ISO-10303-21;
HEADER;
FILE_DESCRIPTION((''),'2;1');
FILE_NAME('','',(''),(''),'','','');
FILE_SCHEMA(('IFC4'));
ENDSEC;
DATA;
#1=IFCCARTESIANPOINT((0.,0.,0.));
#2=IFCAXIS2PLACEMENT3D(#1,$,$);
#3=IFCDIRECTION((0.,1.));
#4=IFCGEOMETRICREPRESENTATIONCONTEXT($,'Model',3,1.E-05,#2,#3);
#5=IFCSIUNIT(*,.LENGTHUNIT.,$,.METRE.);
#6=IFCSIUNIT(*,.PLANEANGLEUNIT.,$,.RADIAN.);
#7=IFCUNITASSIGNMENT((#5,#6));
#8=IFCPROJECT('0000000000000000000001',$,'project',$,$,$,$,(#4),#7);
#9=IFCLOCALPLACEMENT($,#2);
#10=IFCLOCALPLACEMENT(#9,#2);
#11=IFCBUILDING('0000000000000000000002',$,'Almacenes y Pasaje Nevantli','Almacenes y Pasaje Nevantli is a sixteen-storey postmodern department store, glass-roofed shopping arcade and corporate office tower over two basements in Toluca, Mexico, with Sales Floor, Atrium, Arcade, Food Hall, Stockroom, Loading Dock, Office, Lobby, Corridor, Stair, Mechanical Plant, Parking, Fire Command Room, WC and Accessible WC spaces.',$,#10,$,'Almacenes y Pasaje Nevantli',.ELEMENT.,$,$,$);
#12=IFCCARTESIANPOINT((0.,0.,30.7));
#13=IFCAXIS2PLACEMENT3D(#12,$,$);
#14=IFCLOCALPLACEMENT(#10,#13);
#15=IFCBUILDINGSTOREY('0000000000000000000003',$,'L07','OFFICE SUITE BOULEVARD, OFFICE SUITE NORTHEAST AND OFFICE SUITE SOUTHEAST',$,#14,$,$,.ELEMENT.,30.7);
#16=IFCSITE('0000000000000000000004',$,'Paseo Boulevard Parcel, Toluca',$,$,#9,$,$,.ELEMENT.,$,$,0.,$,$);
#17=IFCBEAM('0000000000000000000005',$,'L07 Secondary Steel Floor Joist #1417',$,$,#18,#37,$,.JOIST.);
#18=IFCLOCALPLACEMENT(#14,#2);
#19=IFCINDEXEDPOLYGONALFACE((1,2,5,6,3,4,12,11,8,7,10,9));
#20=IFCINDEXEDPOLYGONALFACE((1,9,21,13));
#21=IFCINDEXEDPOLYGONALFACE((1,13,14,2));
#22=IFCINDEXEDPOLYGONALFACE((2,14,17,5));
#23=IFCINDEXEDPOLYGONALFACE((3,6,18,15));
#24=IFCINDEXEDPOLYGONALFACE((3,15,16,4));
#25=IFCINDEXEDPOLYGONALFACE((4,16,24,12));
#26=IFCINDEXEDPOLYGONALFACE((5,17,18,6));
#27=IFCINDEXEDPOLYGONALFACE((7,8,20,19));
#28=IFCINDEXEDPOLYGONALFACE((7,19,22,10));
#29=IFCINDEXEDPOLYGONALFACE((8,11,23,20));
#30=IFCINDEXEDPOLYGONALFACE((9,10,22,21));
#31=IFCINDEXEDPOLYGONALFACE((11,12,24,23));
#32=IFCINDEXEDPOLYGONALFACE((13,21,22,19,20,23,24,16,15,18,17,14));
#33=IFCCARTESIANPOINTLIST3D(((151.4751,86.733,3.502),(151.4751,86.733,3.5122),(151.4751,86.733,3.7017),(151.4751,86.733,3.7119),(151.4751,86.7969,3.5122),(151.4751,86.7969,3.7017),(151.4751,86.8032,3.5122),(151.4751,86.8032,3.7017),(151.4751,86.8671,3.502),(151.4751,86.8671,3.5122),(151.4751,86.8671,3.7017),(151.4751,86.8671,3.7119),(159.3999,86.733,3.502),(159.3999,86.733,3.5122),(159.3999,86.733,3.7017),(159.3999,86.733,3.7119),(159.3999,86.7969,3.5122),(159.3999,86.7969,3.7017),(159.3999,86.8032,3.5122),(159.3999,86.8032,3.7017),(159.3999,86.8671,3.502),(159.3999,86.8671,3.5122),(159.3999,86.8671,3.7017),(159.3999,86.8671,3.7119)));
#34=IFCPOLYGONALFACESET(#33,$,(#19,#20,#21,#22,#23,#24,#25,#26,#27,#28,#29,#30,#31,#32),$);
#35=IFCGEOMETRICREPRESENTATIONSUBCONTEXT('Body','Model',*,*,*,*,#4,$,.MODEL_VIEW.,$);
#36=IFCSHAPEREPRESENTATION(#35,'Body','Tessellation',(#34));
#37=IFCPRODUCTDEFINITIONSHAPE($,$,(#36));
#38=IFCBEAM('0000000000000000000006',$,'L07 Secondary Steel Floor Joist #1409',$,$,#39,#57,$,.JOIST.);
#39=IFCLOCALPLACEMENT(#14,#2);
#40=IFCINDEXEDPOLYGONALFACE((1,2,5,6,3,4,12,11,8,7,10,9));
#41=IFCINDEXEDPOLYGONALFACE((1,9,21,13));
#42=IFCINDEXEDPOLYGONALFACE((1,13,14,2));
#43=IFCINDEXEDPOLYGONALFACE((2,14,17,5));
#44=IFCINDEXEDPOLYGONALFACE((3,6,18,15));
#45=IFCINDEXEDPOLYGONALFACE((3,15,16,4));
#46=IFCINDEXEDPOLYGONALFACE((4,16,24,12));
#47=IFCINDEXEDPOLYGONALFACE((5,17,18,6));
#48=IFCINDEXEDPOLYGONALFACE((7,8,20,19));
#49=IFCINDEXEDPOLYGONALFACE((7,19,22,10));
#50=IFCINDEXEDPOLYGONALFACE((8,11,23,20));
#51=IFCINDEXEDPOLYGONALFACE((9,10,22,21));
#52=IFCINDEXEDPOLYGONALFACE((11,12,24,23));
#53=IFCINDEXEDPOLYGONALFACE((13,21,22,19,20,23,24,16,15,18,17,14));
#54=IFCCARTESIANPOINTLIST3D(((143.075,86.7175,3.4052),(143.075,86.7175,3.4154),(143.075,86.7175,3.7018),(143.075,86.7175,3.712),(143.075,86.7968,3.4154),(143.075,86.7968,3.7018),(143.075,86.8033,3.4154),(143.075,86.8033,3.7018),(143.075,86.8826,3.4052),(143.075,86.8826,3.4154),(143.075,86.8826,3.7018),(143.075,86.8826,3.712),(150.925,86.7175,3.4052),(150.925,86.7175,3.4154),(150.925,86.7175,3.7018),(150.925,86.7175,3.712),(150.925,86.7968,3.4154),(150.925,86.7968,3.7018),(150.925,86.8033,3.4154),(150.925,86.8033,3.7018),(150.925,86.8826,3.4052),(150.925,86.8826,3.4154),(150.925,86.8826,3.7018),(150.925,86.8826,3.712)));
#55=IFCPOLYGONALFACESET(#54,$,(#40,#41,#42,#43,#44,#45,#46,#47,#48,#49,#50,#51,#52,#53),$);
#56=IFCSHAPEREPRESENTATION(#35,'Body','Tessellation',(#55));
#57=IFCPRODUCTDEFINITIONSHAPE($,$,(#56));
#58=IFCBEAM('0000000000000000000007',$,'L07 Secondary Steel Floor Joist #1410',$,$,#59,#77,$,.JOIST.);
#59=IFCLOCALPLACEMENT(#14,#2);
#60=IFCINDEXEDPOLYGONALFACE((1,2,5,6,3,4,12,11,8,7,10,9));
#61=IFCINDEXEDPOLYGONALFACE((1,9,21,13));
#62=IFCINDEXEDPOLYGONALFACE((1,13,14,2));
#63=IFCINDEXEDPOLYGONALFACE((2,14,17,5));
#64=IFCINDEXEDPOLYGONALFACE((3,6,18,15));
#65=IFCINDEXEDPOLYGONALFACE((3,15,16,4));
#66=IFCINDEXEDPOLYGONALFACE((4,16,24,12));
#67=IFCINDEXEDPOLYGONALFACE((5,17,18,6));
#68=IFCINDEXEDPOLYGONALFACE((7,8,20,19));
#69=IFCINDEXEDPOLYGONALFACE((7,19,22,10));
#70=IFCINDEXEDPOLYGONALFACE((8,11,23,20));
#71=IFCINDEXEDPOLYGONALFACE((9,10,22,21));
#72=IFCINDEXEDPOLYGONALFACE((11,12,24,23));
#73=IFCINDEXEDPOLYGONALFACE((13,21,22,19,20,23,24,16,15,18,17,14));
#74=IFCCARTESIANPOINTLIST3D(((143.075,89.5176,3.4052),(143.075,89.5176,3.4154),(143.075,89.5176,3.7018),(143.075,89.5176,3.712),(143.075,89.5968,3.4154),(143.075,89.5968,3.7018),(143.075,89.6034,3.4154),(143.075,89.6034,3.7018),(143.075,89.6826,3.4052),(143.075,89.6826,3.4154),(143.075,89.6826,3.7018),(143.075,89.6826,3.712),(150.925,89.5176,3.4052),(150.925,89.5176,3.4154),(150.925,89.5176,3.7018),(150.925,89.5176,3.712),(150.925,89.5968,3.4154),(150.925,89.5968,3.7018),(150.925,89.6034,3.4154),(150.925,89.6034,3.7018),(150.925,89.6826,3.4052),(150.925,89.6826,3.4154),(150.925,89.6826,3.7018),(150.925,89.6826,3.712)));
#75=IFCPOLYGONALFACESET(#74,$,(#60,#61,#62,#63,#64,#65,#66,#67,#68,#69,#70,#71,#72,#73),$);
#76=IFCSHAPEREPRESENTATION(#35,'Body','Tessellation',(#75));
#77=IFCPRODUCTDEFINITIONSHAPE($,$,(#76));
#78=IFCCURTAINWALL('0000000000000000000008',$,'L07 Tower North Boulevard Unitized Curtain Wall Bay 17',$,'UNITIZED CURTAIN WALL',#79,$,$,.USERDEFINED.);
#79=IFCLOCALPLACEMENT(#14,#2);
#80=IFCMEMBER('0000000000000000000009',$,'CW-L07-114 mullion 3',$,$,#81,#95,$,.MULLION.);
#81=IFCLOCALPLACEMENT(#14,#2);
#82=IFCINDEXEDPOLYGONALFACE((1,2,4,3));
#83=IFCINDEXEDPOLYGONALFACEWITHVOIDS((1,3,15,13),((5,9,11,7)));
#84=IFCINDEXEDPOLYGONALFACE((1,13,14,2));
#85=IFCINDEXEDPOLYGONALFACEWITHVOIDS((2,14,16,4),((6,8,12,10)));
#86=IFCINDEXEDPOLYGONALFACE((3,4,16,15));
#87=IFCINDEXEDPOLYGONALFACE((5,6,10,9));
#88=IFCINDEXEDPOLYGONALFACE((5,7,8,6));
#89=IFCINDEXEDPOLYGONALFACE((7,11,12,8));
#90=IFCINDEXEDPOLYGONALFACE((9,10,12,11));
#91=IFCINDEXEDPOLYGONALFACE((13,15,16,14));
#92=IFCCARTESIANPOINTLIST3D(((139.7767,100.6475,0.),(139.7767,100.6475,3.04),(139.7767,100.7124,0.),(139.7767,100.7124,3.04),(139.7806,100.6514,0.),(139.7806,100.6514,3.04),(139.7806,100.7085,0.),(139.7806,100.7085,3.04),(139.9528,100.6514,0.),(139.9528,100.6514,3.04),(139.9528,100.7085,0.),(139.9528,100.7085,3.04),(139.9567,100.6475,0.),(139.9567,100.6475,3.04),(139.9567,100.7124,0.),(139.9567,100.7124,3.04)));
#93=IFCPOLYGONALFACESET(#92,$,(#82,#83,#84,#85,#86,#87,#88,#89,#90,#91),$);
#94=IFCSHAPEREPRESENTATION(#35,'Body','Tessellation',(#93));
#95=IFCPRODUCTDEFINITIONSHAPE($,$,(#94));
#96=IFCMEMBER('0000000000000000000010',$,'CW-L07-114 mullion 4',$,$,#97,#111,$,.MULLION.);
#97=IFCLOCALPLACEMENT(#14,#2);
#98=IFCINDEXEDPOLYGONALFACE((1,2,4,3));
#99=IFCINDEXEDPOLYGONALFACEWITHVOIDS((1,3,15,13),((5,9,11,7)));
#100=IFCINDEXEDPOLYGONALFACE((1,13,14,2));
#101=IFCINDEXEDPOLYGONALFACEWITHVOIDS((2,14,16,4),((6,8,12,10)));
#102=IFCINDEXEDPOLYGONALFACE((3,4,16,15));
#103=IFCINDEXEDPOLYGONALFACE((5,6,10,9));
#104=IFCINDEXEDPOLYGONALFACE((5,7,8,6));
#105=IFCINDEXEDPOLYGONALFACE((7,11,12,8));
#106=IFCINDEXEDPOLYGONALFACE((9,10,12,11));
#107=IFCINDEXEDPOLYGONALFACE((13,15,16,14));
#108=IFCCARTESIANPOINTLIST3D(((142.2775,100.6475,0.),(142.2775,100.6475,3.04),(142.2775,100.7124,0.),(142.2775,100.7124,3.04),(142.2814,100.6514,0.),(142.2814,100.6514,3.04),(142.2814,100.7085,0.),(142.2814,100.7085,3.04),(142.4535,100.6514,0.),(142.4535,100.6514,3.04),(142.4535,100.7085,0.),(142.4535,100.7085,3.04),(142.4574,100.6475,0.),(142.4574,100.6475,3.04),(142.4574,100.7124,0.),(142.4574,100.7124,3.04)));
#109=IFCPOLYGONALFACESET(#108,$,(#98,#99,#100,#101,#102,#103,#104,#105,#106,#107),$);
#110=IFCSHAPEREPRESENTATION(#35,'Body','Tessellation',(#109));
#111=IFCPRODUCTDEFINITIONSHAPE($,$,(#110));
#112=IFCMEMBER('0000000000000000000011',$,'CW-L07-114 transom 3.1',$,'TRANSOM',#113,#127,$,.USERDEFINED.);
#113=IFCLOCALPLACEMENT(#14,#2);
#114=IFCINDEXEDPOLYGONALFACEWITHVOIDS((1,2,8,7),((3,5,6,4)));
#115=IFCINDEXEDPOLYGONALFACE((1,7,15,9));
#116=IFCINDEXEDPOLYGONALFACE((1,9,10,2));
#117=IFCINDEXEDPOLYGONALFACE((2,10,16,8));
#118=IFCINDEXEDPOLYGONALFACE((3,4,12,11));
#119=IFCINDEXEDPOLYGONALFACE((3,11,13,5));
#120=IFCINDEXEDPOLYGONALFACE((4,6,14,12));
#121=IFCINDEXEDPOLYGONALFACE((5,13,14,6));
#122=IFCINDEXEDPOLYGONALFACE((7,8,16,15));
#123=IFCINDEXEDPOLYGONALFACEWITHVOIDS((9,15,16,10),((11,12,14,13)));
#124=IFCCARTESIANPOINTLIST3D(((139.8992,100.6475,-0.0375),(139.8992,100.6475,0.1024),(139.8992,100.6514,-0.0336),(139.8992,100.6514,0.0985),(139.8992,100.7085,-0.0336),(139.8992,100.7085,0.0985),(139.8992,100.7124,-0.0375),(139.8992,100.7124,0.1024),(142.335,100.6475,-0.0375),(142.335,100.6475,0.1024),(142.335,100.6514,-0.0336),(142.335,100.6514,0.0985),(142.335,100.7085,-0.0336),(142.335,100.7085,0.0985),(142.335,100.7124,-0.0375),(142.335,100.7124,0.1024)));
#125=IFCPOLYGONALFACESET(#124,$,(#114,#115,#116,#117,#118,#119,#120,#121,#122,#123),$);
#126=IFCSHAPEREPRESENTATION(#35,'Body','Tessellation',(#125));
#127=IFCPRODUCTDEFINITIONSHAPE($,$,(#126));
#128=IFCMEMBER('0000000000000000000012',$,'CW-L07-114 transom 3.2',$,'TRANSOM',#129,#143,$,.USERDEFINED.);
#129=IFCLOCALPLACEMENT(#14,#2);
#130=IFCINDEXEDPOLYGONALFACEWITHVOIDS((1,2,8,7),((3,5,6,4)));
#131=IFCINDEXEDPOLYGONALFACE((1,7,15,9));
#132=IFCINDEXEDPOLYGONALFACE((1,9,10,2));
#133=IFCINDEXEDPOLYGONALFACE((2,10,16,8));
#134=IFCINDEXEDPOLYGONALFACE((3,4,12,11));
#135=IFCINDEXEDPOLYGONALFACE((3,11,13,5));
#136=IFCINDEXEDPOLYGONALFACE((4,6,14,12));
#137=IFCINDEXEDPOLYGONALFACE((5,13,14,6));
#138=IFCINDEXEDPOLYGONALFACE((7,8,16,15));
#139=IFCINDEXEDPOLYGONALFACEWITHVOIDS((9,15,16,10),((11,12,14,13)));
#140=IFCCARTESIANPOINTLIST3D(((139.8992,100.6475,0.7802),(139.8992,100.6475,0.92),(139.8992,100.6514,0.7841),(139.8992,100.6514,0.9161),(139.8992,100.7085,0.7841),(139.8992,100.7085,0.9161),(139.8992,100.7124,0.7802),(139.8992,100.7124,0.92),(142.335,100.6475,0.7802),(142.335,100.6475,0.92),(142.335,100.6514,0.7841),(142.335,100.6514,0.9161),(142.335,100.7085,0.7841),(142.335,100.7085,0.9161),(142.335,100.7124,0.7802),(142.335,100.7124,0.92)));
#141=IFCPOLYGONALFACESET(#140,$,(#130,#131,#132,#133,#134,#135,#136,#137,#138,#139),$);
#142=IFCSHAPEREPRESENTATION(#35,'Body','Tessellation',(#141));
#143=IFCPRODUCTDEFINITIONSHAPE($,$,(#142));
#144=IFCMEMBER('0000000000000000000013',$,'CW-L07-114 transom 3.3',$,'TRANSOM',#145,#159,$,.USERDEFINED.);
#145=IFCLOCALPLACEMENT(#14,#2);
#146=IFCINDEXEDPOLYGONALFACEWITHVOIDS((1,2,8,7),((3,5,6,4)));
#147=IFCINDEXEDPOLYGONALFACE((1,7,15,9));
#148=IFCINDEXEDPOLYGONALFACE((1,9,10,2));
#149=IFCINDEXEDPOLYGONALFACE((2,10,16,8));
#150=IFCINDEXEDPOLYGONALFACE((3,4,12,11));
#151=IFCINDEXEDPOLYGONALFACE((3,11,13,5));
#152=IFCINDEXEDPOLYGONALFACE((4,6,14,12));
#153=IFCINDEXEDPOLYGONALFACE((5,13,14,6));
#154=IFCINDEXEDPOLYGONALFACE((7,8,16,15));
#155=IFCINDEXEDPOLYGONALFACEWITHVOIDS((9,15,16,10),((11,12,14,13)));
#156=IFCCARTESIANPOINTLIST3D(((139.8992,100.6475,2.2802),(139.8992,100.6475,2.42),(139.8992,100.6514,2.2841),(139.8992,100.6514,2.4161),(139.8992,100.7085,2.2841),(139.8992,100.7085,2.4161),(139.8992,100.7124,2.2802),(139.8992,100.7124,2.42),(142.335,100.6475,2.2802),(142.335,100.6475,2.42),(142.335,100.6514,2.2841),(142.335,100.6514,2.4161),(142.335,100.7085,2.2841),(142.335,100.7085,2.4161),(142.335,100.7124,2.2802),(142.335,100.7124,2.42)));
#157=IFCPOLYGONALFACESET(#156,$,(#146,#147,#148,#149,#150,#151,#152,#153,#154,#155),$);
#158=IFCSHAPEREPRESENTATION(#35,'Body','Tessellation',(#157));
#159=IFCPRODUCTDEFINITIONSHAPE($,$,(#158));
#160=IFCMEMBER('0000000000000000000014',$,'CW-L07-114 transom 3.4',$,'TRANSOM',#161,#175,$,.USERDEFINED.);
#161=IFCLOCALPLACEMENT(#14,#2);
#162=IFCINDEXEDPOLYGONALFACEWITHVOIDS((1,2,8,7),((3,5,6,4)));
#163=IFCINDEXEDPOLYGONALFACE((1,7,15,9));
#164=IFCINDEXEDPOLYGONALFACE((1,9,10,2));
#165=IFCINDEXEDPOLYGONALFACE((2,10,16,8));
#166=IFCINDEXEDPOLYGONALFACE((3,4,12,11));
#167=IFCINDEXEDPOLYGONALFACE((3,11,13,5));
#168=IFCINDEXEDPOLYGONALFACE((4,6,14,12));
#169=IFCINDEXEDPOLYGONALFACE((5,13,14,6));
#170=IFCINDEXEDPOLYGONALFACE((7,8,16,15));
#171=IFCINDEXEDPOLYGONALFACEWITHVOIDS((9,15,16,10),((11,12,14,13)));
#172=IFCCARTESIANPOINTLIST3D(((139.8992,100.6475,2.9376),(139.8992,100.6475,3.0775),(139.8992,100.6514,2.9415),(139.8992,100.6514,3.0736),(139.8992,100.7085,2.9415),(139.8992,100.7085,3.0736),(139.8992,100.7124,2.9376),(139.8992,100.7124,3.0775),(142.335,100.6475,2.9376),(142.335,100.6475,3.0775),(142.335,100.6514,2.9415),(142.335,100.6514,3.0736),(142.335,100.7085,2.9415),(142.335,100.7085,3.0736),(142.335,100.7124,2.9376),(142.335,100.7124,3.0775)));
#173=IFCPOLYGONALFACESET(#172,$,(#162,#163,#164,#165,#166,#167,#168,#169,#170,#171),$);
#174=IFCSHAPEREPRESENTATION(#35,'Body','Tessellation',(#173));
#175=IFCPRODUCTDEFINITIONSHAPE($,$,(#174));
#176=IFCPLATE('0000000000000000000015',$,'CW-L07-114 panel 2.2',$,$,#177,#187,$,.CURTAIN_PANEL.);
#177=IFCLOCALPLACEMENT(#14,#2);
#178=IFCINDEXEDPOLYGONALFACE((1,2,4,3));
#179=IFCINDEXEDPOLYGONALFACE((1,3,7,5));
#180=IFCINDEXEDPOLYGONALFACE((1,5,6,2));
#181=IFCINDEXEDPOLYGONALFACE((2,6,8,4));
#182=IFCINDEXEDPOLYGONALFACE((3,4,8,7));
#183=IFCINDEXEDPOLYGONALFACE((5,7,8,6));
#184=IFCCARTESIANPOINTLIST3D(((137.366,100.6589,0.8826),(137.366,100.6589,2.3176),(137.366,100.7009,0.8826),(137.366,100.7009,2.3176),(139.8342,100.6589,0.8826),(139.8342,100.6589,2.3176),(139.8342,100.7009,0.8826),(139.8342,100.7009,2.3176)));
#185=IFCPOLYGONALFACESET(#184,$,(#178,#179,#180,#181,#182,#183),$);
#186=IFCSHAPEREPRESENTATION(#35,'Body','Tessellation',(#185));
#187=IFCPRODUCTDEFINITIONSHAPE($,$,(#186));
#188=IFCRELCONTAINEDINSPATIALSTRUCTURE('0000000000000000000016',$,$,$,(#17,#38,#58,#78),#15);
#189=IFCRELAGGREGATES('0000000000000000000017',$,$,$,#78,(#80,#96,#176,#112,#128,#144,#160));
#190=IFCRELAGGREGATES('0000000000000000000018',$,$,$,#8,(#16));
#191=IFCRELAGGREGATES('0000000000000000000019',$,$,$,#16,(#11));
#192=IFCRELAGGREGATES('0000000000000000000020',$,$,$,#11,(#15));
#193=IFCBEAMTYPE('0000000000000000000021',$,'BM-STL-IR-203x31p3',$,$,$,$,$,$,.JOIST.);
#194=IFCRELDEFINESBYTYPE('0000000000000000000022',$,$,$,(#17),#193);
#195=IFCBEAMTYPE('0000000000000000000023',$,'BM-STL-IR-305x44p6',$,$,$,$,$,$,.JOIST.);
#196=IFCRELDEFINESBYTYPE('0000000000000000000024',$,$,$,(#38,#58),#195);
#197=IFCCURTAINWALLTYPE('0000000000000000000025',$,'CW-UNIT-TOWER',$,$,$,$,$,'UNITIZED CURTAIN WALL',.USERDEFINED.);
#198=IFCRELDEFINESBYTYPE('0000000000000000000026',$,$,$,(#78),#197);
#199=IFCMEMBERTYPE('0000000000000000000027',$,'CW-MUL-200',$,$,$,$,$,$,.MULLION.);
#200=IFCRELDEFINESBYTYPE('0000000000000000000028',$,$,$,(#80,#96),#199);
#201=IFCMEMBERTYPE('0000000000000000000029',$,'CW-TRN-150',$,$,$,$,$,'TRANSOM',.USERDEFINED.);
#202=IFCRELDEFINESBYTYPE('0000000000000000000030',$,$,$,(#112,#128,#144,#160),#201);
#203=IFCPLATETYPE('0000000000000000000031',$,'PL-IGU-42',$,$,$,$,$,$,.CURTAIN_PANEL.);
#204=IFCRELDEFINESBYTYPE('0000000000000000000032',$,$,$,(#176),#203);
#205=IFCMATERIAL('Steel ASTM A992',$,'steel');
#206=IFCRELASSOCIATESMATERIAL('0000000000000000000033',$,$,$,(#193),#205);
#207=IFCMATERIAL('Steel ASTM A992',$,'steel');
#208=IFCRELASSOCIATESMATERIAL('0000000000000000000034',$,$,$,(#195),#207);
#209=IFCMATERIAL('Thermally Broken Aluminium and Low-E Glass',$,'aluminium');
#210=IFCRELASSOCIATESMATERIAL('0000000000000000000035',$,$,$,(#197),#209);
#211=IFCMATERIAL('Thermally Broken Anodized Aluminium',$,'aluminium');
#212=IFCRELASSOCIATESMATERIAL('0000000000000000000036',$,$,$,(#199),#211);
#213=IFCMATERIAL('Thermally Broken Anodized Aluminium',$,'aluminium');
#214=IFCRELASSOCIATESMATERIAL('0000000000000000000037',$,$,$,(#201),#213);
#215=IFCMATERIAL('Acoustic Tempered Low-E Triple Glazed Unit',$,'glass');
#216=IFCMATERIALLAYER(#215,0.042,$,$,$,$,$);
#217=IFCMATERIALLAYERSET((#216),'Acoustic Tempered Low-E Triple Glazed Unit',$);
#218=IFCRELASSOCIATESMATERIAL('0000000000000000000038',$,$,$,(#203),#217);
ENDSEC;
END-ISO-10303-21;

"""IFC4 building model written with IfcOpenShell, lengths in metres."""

from ifc_helpers import new_model, si_unit, direction, frame, origin, origin_2d, place, context, subcontext, project, spatial, rectangle, hollow_rectangle, i_section, extrude, material, layer, layer_set, material_profile, profile_set, type_object, element, aggregate, save


model = new_model("IFC4")

# Units and contexts
model_context = context("Model", 3, precision=1e-05, world=origin(), true_north=direction((0.0, 1.0)))
body_context = subcontext(model_context, "Body", "Model", "MODEL_VIEW")
ifc_project = project(units=[si_unit("LENGTHUNIT", "METRE"), si_unit("PLANEANGLEUNIT", "RADIAN")], contexts=[model_context])

# Site, building, storey
site_placement = place(None, origin())
site = spatial("IfcSite", under=ifc_project, at=site_placement, Name="Paseo Boulevard Parcel, Toluca", CompositionType="ELEMENT", RefElevation=0.0)
building_placement = place(site_placement, origin())
building = spatial("IfcBuilding", under=site, at=building_placement, Name="Almacenes y Pasaje Nevantli", Description="Almacenes y Pasaje Nevantli is a sixteen-storey postmodern department store, glass-roofed shopping arcade and corporate office tower over two basements in Toluca, Mexico, with Sales Floor, Atrium, Arcade, Food Hall, Stockroom, Loading Dock, Office, Lobby, Corridor, Stair, Mechanical Plant, Parking, Fire Command Room, WC and Accessible WC spaces.", LongName="Almacenes y Pasaje Nevantli", CompositionType="ELEMENT")
storey_placement = place(building_placement, frame((0.0, 0.0, 30.7)))
storey = spatial("IfcBuildingStorey", under=building, at=storey_placement, Name="L07", Description="OFFICE SUITE BOULEVARD, OFFICE SUITE NORTHEAST AND OFFICE SUITE SOUTHEAST", CompositionType="ELEMENT", Elevation=30.7)

# Beams
ifc_material_1 = material(Name="Steel ASTM A992", Category="steel")
ifc_material_profile_1 = material_profile(ifc_material_1, i_section(OverallWidth=0.134, OverallDepth=0.21, WebThickness=0.0063, FlangeThickness=0.0103, at=origin_2d()), Name="IR 203x31.3")
ifc_profile_set_1 = profile_set([ifc_material_profile_1], Name="Steel ASTM A992")
beam_type_1 = type_object("IfcBeamType", Name="BM-STL-IR-203x31p3", PredefinedType="JOIST", material=ifc_profile_set_1)
beam_1_placement = place(storey_placement, frame((151.4751, 86.8, 3.6069), z_axis=(1.0, 0.0, 0.0), x_axis=(0.0, 1.0, 0.0)))
element("IfcBeam", 1, at=beam_1_placement, inside=storey, type_object=beam_type_1, Name="L07 Secondary Steel Floor Joist #1417", PredefinedType="JOIST", context=body_context, shape_type="SweptSolid", body=[
    extrude(i_section(OverallWidth=0.134, OverallDepth=0.21, WebThickness=0.0063, FlangeThickness=0.0103, at=origin_2d()), origin(), (0.0, 0.0, 1.0), 7.9248),
])
ifc_material_2 = material(Name="Steel ASTM A992", Category="steel")
ifc_material_profile_2 = material_profile(ifc_material_2, i_section(OverallWidth=0.165, OverallDepth=0.3069, WebThickness=0.0066, FlangeThickness=0.0103, at=origin_2d()), Name="IR 305x44.6")
ifc_profile_set_2 = profile_set([ifc_material_profile_2], Name="Steel ASTM A992")
beam_type_2 = type_object("IfcBeamType", Name="BM-STL-IR-305x44p6", PredefinedType="JOIST", material=ifc_profile_set_2)
for number, where, z_axis, x_axis, name in (
    (2, (143.075, 86.8, 3.5586), (1.0, 0.0, 0.0), (0.0, 1.0, 0.0), "L07 Secondary Steel Floor Joist #1409"),
    (3, (143.075, 89.6001, 3.5586), (1.0, 0.0, 0.0), (0.0, 1.0, 0.0), "L07 Secondary Steel Floor Joist #1410"),
):
    element("IfcBeam", number, at=place(storey_placement, frame(where, z_axis=z_axis, x_axis=x_axis)), inside=storey, type_object=beam_type_2, Name=name, PredefinedType="JOIST", context=body_context, shape_type="SweptSolid", body=[
        extrude(i_section(OverallWidth=0.165, OverallDepth=0.3069, WebThickness=0.0066, FlangeThickness=0.0103, at=origin_2d()), origin(), (0.0, 0.0, 1.0), 7.8501),
    ])

# Curtain wall, members, plate
ifc_material_3 = material(Name="Thermally Broken Aluminium and Low-E Glass", Category="aluminium")
curtain_wall_type = type_object("IfcCurtainWallType", Name="CW-UNIT-TOWER", ElementType="UNITIZED CURTAIN WALL", PredefinedType="USERDEFINED", material=ifc_material_3)
curtain_wall_placement = place(storey_placement, origin())
curtain_wall = element("IfcCurtainWall", 4, at=curtain_wall_placement, inside=storey, type_object=curtain_wall_type, Name="L07 Tower North Boulevard Unitized Curtain Wall Bay 17", ObjectType="UNITIZED CURTAIN WALL", PredefinedType="USERDEFINED")
ifc_material_4 = material(Name="Thermally Broken Anodized Aluminium", Category="aluminium")
ifc_material_profile_3 = material_profile(ifc_material_4, hollow_rectangle(XDim=0.0649, YDim=0.1799, WallThickness=0.0039, at=origin_2d()), Name="ALU-MUL-65x180")
ifc_profile_set_3 = profile_set([ifc_material_profile_3], Name="Thermally Broken Anodized Aluminium")
member_type_1 = type_object("IfcMemberType", Name="CW-MUL-200", PredefinedType="MULLION", material=ifc_profile_set_3)
member_1_placement = place(storey_placement, frame((139.8667, 100.6799, 0.0), z_axis=(0.0, 0.0, 1.0), x_axis=(0.0, 1.0, 0.0)))
member_1 = element("IfcMember", 5, at=member_1_placement, type_object=member_type_1, Name="CW-L07-114 mullion 3", PredefinedType="MULLION", context=body_context, shape_type="SweptSolid", body=[
    extrude(hollow_rectangle(XDim=0.0649, YDim=0.1799, WallThickness=0.0039, at=origin_2d()), origin(), (0.0, 0.0, 1.0), 3.04),
])
member_2_placement = place(storey_placement, frame((142.3674, 100.6799, 0.0), z_axis=(0.0, 0.0, 1.0), x_axis=(0.0, 1.0, 0.0)))
member_2 = element("IfcMember", 6, at=member_2_placement, type_object=member_type_1, Name="CW-L07-114 mullion 4", PredefinedType="MULLION", context=body_context, shape_type="SweptSolid", body=[
    extrude(hollow_rectangle(XDim=0.0649, YDim=0.1799, WallThickness=0.0039, at=origin_2d()), origin(), (0.0, 0.0, 1.0), 3.04),
])
ifc_material_5 = material(Name="Thermally Broken Anodized Aluminium", Category="aluminium")
ifc_material_profile_4 = material_profile(ifc_material_5, hollow_rectangle(XDim=0.0649, YDim=0.1399, WallThickness=0.0039, at=origin_2d()), Name="ALU-TRN-65x140")
ifc_profile_set_4 = profile_set([ifc_material_profile_4], Name="Thermally Broken Anodized Aluminium")
member_type_2 = type_object("IfcMemberType", Name="CW-TRN-150", ElementType="TRANSOM", PredefinedType="USERDEFINED", material=ifc_profile_set_4)
member_3_placement = place(storey_placement, frame((139.8992, 100.6799, 0.0325), z_axis=(1.0, 0.0, 0.0), x_axis=(0.0, 1.0, 0.0)))
member_3 = element("IfcMember", 7, at=member_3_placement, type_object=member_type_2, Name="CW-L07-114 transom 3.1", ObjectType="TRANSOM", PredefinedType="USERDEFINED", context=body_context, shape_type="SweptSolid", body=[
    extrude(hollow_rectangle(XDim=0.0649, YDim=0.1399, WallThickness=0.0039, at=origin_2d()), origin(), (0.0, 0.0, 1.0), 2.4358),
])
member_4_placement = place(storey_placement, frame((139.8992, 100.6799, 0.8501), z_axis=(1.0, 0.0, 0.0), x_axis=(0.0, 1.0, 0.0)))
member_4 = element("IfcMember", 8, at=member_4_placement, type_object=member_type_2, Name="CW-L07-114 transom 3.2", ObjectType="TRANSOM", PredefinedType="USERDEFINED", context=body_context, shape_type="SweptSolid", body=[
    extrude(hollow_rectangle(XDim=0.0649, YDim=0.1399, WallThickness=0.0039, at=origin_2d()), origin(), (0.0, 0.0, 1.0), 2.4358),
])
member_5_placement = place(storey_placement, frame((139.8992, 100.6799, 2.3501), z_axis=(1.0, 0.0, 0.0), x_axis=(0.0, 1.0, 0.0)))
member_5 = element("IfcMember", 9, at=member_5_placement, type_object=member_type_2, Name="CW-L07-114 transom 3.3", ObjectType="TRANSOM", PredefinedType="USERDEFINED", context=body_context, shape_type="SweptSolid", body=[
    extrude(hollow_rectangle(XDim=0.0649, YDim=0.1399, WallThickness=0.0039, at=origin_2d()), origin(), (0.0, 0.0, 1.0), 2.4358),
])
member_6_placement = place(storey_placement, frame((139.8992, 100.6799, 3.0076), z_axis=(1.0, 0.0, 0.0), x_axis=(0.0, 1.0, 0.0)))
member_6 = element("IfcMember", 10, at=member_6_placement, type_object=member_type_2, Name="CW-L07-114 transom 3.4", ObjectType="TRANSOM", PredefinedType="USERDEFINED", context=body_context, shape_type="SweptSolid", body=[
    extrude(hollow_rectangle(XDim=0.0649, YDim=0.1399, WallThickness=0.0039, at=origin_2d()), origin(), (0.0, 0.0, 1.0), 2.4358),
])
ifc_material_6 = material(Name="Acoustic Tempered Low-E Triple Glazed Unit", Category="glass")
ifc_layer_1 = layer(ifc_material_6, 0.042)
ifc_layer_set_1 = layer_set([ifc_layer_1], Name="Acoustic Tempered Low-E Triple Glazed Unit")
plate_type = type_object("IfcPlateType", Name="PL-IGU-42", PredefinedType="CURTAIN_PANEL", material=ifc_layer_set_1)
plate_1_placement = place(storey_placement, frame((138.6001, 100.6799, 0.8826), z_axis=(0.0, 0.0, 1.0), x_axis=(1.0, 0.0, 0.0)))
plate_1 = element("IfcPlate", 11, at=plate_1_placement, type_object=plate_type, Name="CW-L07-114 panel 2.2", PredefinedType="CURTAIN_PANEL", context=body_context, shape_type="SweptSolid", body=[
    extrude(rectangle(XDim=2.4683, YDim=0.042, at=origin_2d()), origin(), (0.0, 0.0, 1.0), 1.4351),
])
aggregate(curtain_wall, [member_1, member_2, plate_1, member_3, member_4, member_5, member_6])

save(model, "model.ifc")
